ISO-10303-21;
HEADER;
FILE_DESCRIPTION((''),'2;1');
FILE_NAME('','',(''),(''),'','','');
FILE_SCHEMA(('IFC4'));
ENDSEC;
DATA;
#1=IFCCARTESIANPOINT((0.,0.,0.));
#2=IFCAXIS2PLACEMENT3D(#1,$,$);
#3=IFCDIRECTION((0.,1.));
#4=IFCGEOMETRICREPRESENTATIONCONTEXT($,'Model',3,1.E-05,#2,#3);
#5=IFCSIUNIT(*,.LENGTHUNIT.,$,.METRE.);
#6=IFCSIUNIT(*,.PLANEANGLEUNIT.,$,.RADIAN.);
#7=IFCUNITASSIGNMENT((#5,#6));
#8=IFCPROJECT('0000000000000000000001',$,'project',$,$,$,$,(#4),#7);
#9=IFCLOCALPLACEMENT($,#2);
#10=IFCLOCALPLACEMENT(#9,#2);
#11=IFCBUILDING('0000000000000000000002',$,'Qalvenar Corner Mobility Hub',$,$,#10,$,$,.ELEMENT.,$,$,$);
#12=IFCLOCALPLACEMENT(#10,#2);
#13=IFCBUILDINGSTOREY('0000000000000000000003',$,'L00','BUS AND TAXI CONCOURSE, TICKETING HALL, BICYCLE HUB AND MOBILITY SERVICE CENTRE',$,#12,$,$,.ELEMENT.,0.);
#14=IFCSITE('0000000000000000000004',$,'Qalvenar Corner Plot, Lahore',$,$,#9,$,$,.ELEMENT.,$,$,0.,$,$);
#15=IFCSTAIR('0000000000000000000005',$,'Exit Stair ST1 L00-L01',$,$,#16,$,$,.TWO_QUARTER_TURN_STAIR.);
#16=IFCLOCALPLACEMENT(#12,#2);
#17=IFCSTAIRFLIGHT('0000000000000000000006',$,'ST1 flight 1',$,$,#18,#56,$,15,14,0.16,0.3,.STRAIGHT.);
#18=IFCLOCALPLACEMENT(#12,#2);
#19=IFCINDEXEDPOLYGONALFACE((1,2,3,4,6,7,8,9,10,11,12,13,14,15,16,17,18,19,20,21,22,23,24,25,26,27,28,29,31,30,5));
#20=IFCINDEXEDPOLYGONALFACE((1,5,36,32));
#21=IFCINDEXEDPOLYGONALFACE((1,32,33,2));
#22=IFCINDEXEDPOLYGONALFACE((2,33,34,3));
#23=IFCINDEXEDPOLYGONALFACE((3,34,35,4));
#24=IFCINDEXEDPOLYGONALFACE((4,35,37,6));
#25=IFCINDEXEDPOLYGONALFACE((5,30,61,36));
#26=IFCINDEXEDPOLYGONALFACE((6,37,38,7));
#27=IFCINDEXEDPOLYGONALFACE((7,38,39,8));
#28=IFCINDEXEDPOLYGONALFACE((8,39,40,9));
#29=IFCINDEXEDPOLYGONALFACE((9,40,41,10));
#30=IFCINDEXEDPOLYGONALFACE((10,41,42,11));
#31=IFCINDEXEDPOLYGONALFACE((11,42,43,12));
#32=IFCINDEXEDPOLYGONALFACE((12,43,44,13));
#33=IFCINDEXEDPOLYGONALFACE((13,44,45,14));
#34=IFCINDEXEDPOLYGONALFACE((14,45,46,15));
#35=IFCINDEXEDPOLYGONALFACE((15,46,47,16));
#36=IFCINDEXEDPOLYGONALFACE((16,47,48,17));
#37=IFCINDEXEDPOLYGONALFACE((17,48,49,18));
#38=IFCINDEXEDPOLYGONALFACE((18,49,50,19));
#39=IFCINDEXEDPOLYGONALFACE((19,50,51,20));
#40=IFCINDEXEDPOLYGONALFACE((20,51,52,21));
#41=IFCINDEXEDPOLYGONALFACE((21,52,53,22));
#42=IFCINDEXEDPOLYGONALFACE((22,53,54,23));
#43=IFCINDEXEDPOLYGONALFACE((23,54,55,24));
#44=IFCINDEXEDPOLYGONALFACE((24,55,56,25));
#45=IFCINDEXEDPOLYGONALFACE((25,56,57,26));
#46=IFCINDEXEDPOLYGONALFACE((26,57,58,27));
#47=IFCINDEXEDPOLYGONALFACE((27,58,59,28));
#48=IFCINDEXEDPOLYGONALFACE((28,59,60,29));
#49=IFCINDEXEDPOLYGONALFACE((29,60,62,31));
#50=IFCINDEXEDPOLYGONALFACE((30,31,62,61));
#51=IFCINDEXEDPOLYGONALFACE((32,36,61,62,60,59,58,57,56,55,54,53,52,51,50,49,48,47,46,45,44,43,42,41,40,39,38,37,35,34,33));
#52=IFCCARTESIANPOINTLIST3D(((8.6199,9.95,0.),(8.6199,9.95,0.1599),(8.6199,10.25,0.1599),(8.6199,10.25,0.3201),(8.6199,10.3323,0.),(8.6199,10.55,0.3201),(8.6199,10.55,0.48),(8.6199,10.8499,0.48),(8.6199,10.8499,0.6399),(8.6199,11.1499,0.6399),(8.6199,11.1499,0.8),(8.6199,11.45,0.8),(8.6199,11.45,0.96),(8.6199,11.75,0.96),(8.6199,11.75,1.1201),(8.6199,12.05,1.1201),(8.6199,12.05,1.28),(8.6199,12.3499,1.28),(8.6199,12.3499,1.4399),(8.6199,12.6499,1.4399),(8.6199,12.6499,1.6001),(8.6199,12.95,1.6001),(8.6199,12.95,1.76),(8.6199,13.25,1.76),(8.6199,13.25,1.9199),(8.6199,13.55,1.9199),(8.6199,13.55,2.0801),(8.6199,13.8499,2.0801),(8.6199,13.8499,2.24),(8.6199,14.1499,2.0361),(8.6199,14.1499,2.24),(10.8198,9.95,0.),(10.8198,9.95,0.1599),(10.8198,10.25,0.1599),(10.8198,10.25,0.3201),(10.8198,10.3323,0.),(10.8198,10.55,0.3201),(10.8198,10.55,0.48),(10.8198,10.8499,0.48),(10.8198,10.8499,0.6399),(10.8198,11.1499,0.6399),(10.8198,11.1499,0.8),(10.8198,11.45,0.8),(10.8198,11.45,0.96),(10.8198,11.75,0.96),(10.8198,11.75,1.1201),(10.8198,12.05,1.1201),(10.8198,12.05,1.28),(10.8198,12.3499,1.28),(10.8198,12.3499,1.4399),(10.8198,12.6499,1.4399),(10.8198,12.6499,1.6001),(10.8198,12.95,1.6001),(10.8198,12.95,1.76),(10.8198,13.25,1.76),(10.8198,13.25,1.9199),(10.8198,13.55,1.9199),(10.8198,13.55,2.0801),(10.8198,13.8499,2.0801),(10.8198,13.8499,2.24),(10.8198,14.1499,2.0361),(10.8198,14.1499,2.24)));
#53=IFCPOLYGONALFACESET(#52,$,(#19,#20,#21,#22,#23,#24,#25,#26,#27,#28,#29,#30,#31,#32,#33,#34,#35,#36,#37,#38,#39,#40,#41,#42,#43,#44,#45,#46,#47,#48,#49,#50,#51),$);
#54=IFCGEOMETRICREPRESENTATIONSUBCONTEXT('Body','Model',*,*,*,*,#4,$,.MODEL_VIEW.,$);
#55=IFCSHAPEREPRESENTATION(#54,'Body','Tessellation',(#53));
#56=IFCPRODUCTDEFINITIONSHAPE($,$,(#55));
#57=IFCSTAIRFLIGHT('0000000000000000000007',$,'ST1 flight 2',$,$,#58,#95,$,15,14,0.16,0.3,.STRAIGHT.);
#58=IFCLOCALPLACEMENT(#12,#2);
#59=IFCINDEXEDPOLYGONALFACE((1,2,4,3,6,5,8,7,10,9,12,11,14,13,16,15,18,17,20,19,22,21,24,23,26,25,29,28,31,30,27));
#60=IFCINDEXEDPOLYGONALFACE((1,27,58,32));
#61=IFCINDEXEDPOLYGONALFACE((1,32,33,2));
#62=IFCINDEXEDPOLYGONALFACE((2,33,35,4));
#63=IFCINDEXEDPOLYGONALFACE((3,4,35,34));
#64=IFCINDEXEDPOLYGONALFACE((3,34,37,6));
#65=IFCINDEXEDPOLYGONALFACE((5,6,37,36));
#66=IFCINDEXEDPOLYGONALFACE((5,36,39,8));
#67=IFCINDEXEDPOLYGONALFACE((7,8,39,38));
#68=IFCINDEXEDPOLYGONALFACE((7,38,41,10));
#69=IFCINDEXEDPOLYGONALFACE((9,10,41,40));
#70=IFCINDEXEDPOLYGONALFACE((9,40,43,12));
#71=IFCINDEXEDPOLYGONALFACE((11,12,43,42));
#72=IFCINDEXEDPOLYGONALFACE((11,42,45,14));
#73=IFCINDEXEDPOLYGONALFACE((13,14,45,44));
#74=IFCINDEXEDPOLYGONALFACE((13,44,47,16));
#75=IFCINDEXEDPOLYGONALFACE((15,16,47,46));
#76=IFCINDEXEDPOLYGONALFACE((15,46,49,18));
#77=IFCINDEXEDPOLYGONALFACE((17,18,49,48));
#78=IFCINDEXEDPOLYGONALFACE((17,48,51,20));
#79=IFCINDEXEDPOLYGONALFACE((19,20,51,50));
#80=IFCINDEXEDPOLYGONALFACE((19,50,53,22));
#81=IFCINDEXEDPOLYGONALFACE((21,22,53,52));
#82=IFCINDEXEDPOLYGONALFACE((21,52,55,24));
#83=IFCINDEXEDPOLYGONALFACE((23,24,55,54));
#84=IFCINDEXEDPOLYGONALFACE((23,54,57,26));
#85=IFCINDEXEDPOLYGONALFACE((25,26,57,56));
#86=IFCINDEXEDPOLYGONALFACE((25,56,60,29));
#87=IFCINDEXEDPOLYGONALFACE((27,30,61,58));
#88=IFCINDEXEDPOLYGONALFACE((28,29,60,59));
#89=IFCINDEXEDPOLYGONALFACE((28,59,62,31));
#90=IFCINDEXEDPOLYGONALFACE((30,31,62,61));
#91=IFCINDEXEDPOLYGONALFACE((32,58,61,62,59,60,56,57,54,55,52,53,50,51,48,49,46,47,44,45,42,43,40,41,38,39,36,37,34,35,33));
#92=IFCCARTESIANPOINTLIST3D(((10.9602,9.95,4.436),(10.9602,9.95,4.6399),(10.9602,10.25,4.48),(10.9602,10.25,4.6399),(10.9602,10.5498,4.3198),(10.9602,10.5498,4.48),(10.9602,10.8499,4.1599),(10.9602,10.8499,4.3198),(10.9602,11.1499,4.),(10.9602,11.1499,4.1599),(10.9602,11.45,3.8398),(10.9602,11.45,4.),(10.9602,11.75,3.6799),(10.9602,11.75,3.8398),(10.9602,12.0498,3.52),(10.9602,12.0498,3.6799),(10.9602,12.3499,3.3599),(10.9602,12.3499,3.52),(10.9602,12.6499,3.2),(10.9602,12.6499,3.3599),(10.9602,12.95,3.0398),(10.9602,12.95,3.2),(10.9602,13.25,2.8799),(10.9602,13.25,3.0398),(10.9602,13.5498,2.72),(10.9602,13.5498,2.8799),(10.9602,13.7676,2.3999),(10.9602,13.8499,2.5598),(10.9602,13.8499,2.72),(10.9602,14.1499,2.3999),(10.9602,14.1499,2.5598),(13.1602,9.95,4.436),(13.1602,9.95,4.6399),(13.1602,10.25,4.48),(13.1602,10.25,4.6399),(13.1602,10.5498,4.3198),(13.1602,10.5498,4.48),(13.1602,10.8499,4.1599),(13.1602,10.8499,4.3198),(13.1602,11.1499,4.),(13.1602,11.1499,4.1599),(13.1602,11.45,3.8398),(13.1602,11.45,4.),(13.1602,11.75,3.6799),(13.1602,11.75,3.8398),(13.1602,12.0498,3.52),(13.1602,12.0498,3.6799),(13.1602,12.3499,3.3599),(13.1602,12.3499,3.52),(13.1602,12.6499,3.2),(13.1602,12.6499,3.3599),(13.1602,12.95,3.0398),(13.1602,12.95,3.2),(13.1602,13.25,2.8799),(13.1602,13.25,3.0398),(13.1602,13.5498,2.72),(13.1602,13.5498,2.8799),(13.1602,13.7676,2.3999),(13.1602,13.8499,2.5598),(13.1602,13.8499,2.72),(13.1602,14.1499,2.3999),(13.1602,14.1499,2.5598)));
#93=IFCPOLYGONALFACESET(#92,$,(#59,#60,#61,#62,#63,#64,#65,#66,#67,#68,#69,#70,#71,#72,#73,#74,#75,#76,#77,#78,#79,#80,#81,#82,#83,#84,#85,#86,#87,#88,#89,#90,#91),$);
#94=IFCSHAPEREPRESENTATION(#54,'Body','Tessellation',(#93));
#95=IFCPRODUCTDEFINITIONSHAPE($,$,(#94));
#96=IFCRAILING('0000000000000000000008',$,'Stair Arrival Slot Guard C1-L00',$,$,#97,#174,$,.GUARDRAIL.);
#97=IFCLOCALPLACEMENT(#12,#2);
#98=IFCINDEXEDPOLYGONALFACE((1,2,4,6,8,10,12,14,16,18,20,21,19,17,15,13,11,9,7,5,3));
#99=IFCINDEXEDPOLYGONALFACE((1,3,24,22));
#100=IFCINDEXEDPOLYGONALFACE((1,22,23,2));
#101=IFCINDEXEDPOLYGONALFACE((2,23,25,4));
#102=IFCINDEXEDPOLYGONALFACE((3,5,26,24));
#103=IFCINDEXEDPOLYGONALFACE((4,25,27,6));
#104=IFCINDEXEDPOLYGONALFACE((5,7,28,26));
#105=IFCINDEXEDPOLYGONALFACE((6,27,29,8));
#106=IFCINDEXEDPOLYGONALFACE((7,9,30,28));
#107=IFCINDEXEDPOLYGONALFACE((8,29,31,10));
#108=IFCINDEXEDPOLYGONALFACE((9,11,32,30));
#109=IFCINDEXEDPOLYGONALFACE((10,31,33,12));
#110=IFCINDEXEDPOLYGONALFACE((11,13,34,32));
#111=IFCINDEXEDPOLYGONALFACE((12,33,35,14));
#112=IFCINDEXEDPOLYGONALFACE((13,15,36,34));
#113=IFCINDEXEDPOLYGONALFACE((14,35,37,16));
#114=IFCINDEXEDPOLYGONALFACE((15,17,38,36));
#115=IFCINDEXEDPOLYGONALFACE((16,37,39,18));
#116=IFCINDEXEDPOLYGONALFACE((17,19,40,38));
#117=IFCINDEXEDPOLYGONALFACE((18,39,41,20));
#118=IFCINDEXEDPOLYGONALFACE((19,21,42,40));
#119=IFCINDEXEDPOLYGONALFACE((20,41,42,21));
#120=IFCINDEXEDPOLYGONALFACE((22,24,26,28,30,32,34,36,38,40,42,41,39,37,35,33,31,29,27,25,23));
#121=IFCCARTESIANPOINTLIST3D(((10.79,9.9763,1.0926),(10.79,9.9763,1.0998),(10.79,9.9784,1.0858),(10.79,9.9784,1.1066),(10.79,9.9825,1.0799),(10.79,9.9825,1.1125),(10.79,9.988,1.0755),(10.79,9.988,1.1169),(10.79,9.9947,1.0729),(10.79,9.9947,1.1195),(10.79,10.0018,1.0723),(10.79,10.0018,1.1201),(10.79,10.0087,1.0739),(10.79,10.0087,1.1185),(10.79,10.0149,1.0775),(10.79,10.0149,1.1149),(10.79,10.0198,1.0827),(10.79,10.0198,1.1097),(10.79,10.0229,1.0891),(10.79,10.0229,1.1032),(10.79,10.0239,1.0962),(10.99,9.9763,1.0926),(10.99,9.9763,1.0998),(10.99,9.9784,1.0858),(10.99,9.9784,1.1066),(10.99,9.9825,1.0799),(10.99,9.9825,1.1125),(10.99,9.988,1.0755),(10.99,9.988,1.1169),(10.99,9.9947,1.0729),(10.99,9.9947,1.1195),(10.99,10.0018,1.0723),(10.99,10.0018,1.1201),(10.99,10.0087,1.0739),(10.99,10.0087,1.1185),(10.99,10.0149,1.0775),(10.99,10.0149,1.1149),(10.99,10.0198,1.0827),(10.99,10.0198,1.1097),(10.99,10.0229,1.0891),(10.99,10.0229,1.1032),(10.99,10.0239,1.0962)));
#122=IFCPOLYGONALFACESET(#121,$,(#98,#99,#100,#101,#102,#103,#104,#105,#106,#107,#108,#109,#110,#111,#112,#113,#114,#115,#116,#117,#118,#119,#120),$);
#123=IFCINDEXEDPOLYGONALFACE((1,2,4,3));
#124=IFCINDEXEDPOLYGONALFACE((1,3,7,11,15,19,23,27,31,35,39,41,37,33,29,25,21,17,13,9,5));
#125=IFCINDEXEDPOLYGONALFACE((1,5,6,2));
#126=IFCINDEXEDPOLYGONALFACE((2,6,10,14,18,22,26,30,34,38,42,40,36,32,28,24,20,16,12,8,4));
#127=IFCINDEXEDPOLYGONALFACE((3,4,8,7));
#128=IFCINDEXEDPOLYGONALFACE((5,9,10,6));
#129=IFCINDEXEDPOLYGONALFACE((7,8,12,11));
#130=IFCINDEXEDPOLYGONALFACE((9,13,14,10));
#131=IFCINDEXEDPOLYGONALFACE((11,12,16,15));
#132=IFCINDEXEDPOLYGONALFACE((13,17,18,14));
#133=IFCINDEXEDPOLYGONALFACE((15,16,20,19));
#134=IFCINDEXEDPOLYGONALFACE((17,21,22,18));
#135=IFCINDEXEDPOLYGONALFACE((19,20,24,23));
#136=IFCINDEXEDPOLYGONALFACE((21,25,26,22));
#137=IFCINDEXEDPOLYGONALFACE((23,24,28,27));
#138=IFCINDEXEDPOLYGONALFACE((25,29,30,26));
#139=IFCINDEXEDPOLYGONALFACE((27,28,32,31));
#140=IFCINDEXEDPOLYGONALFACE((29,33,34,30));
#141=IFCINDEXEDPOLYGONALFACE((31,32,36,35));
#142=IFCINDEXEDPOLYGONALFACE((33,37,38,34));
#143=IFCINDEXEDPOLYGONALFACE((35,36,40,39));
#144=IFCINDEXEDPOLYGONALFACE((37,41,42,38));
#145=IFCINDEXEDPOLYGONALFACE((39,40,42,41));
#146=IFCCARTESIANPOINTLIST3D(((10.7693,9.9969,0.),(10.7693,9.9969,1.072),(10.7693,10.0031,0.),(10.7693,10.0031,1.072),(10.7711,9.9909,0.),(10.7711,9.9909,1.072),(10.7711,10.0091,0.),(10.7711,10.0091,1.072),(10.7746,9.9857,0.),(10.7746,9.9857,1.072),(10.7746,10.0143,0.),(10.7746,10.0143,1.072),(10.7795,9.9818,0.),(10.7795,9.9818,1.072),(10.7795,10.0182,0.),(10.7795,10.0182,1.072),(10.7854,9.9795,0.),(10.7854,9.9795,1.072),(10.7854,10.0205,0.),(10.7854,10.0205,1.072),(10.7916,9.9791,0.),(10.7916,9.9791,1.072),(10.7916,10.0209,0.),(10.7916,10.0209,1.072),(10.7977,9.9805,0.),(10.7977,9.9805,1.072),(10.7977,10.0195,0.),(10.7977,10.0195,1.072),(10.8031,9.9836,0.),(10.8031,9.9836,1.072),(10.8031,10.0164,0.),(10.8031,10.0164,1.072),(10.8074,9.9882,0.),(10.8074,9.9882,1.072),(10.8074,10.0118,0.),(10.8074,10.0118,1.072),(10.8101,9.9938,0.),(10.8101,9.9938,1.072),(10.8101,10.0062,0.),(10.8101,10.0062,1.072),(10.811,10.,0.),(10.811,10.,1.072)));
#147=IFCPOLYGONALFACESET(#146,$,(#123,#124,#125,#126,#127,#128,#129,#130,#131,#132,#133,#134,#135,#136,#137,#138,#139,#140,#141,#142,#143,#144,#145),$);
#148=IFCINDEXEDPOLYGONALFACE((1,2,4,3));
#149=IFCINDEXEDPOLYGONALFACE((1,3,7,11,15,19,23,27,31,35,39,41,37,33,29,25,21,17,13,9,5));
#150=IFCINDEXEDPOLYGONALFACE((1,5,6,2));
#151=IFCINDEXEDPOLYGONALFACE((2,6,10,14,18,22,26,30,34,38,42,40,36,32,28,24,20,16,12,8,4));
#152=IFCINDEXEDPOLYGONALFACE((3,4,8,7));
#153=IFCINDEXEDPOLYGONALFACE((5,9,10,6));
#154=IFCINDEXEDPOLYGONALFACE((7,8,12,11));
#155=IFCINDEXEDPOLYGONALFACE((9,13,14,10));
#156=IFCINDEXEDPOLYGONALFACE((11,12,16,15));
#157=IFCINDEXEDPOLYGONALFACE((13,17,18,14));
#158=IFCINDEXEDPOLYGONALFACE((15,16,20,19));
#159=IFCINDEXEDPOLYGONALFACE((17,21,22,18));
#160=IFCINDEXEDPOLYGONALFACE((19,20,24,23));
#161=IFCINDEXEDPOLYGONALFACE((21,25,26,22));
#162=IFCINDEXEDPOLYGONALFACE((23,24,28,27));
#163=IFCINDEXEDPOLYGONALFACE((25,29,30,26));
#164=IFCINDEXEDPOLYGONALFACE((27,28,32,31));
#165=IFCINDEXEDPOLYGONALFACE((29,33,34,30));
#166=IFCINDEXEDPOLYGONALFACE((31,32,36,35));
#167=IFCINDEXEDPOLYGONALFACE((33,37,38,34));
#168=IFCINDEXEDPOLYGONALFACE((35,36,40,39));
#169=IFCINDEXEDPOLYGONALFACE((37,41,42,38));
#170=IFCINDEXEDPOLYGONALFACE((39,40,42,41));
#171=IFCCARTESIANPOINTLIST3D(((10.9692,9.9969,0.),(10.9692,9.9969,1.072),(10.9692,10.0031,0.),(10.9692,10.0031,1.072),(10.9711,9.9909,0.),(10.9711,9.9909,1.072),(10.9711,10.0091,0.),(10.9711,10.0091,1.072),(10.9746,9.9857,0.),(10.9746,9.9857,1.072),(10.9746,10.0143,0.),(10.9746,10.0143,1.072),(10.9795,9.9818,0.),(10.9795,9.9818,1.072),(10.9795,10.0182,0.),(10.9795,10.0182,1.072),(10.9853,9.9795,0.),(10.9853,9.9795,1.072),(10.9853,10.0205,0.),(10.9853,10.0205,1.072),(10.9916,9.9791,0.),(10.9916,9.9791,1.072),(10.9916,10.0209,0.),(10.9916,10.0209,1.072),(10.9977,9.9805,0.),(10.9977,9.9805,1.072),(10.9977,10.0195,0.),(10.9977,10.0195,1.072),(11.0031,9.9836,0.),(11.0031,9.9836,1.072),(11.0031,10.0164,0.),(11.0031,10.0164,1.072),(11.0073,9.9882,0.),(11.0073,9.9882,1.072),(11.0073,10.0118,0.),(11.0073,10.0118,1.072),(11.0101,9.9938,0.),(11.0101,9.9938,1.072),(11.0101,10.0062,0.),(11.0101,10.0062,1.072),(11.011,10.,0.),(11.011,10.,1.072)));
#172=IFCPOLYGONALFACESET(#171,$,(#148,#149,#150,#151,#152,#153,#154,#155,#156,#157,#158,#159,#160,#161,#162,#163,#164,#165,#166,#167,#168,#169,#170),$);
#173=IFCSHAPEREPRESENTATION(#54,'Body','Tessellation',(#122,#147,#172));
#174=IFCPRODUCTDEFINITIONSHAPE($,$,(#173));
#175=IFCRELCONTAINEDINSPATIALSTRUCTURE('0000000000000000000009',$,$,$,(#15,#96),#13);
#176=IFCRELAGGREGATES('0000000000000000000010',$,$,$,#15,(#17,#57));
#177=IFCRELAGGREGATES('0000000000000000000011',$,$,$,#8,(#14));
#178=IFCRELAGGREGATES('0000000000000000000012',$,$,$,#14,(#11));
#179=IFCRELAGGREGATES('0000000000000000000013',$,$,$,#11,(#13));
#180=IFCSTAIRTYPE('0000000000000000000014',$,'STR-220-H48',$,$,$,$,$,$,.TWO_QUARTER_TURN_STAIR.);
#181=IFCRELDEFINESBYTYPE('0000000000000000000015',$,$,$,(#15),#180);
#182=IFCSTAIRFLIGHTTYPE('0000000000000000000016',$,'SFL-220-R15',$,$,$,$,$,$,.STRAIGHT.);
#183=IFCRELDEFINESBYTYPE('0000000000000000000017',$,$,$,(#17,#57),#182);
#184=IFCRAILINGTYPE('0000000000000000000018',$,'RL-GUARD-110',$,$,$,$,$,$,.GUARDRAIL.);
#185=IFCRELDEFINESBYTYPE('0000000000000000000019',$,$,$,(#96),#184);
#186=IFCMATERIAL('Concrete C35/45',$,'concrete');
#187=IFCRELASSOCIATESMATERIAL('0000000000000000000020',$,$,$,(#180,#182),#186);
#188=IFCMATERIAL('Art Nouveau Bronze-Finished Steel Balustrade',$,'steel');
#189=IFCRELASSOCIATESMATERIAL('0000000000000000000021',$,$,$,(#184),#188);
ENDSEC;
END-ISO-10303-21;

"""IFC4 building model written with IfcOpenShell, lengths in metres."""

from ifc_helpers import new_model, si_unit, direction, frame, origin, origin_2d, place, context, subcontext, project, spatial, polyline, circle, outline, extrude, material, type_object, element, aggregate, save


model = new_model("IFC4")

# Units and contexts
model_context = context("Model", 3, precision=1e-05, world=origin(), true_north=direction((0.0, 1.0)))
body_context = subcontext(model_context, "Body", "Model", "MODEL_VIEW")
ifc_project = project(units=[si_unit("LENGTHUNIT", "METRE"), si_unit("PLANEANGLEUNIT", "RADIAN")], contexts=[model_context])

# Site, building, storey
site_placement = place(None, origin())
site = spatial("IfcSite", under=ifc_project, at=site_placement, Name="Qalvenar Corner Plot, Lahore", CompositionType="ELEMENT", RefElevation=0.0)
building_placement = place(site_placement, origin())
building = spatial("IfcBuilding", under=site, at=building_placement, Name="Qalvenar Corner Mobility Hub", CompositionType="ELEMENT")
storey_placement = place(building_placement, origin())
storey = spatial("IfcBuildingStorey", under=building, at=storey_placement, Name="L00", Description="BUS AND TAXI CONCOURSE, TICKETING HALL, BICYCLE HUB AND MOBILITY SERVICE CENTRE", CompositionType="ELEMENT", Elevation=0.0)

# Stair, stair flights
ifc_material_1 = material(Name="Concrete C35/45", Category="concrete")
stair_type = type_object("IfcStairType", Name="STR-220-H48", PredefinedType="TWO_QUARTER_TURN_STAIR", material=ifc_material_1)
stair_placement = place(storey_placement, origin())
stair = element("IfcStair", 1, at=stair_placement, inside=storey, type_object=stair_type, Name="Exit Stair ST1 L00-L01", PredefinedType="TWO_QUARTER_TURN_STAIR")
stair_flight_type = type_object("IfcStairFlightType", Name="SFL-220-R15", PredefinedType="STRAIGHT", material=ifc_material_1)
stair_flight_1_placement = place(storey_placement, frame((9.72, 9.95, 0.0), z_axis=(0.0, 0.0, 1.0), x_axis=(0.0, 1.0, 0.0)))
stair_flight_1 = element("IfcStairFlight", 2, at=stair_flight_1_placement, type_object=stair_flight_type, Name="ST1 flight 1", NumberOfRisers=15, NumberOfTreads=14, PredefinedType="STRAIGHT", RiserHeight=0.16, TreadLength=0.3, context=body_context, shape_type="SweptSolid", body=[
    extrude(outline(polyline([(0.0, 0.0), (0.0, 0.1599), (0.3, 0.1599), (0.3, 0.3201), (0.6001, 0.3201), (0.6001, 0.48), (0.8999, 0.48), (0.8999, 0.6399), (1.2, 0.6399), (1.2, 0.8), (1.5, 0.8), (1.5, 0.96), (1.8, 0.96), (1.8, 1.1201), (2.1001, 1.1201), (2.1001, 1.28), (2.3999, 1.28), (2.3999, 1.4399), (2.7, 1.4399), (2.7, 1.6001), (3.0, 1.6001), (3.0, 1.76), (3.3, 1.76), (3.3, 1.9199), (3.6001, 1.9199), (3.6001, 2.0801), (3.8999, 2.0801), (3.8999, 2.24), (4.2, 2.24), (4.2, 2.3999), (4.2, 2.0361), (0.3823, 0.0), (0.0, 0.0)])), frame((0.0, 1.1001, 0.0), z_axis=(0.0, -1.0, 0.0), x_axis=(1.0, 0.0, 0.0)), (0.0, 0.0, 1.0), 2.2),
])
stair_flight_2_placement = place(storey_placement, frame((12.0601, 14.1499, 2.3999), z_axis=(0.0, 0.0, 1.0), x_axis=(0.0, -1.0, 0.0)))
stair_flight_2 = element("IfcStairFlight", 3, at=stair_flight_2_placement, type_object=stair_flight_type, Name="ST1 flight 2", NumberOfRisers=15, NumberOfTreads=14, PredefinedType="STRAIGHT", RiserHeight=0.16, TreadLength=0.3, context=body_context, shape_type="SweptSolid", body=[
    extrude(outline(polyline([(0.0, 0.0), (0.0, 0.1599), (0.3, 0.1599), (0.3, 0.3201), (0.6001, 0.3201), (0.6001, 0.48), (0.8999, 0.48), (0.8999, 0.6399), (1.2, 0.6399), (1.2, 0.8), (1.5, 0.8), (1.5, 0.96), (1.8, 0.96), (1.8, 1.1201), (2.1001, 1.1201), (2.1001, 1.28), (2.3999, 1.28), (2.3999, 1.4399), (2.7, 1.4399), (2.7, 1.6001), (3.0, 1.6001), (3.0, 1.76), (3.3, 1.76), (3.3, 1.9199), (3.6001, 1.9199), (3.6001, 2.0801), (3.8999, 2.0801), (3.8999, 2.24), (4.2, 2.24), (4.2, 2.3999), (4.2, 2.0361), (0.3823, 0.0), (0.0, 0.0)])), frame((0.0, 1.1001, 0.0), z_axis=(0.0, -1.0, 0.0), x_axis=(1.0, 0.0, 0.0)), (0.0, 0.0, 1.0), 2.2),
])
aggregate(stair, [stair_flight_1, stair_flight_2])

# Railing
ifc_material_2 = material(Name="Art Nouveau Bronze-Finished Steel Balustrade", Category="steel")
railing_type_1 = type_object("IfcRailingType", Name="RL-GUARD-110", PredefinedType="GUARDRAIL", material=ifc_material_2)
for number, where, name in (
    (4, (10.79, 10.0, 0.0), "Stair Arrival Slot Guard C1-L00"),
):
    element("IfcRailing", number, at=place(storey_placement, frame(where)), inside=storey, type_object=railing_type_1, Name=name, PredefinedType="GUARDRAIL", context=body_context, shape_type="SweptSolid", body=[
        extrude(circle(Radius=0.0239, at=origin_2d()), frame((0.0, 0.0, 1.0962), z_axis=(1.0, 0.0, 0.0), x_axis=(0.0, 1.0, 0.0)), (0.0, 0.0, 1.0), 0.2),
        extrude(circle(Radius=0.021, at=origin_2d()), origin(), (0.0, 0.0, 1.0), 1.072),
        extrude(circle(Radius=0.021, at=origin_2d()), frame((0.2, 0.0, 0.0)), (0.0, 0.0, 1.0), 1.072),
    ])

save(model, "model.ifc")
